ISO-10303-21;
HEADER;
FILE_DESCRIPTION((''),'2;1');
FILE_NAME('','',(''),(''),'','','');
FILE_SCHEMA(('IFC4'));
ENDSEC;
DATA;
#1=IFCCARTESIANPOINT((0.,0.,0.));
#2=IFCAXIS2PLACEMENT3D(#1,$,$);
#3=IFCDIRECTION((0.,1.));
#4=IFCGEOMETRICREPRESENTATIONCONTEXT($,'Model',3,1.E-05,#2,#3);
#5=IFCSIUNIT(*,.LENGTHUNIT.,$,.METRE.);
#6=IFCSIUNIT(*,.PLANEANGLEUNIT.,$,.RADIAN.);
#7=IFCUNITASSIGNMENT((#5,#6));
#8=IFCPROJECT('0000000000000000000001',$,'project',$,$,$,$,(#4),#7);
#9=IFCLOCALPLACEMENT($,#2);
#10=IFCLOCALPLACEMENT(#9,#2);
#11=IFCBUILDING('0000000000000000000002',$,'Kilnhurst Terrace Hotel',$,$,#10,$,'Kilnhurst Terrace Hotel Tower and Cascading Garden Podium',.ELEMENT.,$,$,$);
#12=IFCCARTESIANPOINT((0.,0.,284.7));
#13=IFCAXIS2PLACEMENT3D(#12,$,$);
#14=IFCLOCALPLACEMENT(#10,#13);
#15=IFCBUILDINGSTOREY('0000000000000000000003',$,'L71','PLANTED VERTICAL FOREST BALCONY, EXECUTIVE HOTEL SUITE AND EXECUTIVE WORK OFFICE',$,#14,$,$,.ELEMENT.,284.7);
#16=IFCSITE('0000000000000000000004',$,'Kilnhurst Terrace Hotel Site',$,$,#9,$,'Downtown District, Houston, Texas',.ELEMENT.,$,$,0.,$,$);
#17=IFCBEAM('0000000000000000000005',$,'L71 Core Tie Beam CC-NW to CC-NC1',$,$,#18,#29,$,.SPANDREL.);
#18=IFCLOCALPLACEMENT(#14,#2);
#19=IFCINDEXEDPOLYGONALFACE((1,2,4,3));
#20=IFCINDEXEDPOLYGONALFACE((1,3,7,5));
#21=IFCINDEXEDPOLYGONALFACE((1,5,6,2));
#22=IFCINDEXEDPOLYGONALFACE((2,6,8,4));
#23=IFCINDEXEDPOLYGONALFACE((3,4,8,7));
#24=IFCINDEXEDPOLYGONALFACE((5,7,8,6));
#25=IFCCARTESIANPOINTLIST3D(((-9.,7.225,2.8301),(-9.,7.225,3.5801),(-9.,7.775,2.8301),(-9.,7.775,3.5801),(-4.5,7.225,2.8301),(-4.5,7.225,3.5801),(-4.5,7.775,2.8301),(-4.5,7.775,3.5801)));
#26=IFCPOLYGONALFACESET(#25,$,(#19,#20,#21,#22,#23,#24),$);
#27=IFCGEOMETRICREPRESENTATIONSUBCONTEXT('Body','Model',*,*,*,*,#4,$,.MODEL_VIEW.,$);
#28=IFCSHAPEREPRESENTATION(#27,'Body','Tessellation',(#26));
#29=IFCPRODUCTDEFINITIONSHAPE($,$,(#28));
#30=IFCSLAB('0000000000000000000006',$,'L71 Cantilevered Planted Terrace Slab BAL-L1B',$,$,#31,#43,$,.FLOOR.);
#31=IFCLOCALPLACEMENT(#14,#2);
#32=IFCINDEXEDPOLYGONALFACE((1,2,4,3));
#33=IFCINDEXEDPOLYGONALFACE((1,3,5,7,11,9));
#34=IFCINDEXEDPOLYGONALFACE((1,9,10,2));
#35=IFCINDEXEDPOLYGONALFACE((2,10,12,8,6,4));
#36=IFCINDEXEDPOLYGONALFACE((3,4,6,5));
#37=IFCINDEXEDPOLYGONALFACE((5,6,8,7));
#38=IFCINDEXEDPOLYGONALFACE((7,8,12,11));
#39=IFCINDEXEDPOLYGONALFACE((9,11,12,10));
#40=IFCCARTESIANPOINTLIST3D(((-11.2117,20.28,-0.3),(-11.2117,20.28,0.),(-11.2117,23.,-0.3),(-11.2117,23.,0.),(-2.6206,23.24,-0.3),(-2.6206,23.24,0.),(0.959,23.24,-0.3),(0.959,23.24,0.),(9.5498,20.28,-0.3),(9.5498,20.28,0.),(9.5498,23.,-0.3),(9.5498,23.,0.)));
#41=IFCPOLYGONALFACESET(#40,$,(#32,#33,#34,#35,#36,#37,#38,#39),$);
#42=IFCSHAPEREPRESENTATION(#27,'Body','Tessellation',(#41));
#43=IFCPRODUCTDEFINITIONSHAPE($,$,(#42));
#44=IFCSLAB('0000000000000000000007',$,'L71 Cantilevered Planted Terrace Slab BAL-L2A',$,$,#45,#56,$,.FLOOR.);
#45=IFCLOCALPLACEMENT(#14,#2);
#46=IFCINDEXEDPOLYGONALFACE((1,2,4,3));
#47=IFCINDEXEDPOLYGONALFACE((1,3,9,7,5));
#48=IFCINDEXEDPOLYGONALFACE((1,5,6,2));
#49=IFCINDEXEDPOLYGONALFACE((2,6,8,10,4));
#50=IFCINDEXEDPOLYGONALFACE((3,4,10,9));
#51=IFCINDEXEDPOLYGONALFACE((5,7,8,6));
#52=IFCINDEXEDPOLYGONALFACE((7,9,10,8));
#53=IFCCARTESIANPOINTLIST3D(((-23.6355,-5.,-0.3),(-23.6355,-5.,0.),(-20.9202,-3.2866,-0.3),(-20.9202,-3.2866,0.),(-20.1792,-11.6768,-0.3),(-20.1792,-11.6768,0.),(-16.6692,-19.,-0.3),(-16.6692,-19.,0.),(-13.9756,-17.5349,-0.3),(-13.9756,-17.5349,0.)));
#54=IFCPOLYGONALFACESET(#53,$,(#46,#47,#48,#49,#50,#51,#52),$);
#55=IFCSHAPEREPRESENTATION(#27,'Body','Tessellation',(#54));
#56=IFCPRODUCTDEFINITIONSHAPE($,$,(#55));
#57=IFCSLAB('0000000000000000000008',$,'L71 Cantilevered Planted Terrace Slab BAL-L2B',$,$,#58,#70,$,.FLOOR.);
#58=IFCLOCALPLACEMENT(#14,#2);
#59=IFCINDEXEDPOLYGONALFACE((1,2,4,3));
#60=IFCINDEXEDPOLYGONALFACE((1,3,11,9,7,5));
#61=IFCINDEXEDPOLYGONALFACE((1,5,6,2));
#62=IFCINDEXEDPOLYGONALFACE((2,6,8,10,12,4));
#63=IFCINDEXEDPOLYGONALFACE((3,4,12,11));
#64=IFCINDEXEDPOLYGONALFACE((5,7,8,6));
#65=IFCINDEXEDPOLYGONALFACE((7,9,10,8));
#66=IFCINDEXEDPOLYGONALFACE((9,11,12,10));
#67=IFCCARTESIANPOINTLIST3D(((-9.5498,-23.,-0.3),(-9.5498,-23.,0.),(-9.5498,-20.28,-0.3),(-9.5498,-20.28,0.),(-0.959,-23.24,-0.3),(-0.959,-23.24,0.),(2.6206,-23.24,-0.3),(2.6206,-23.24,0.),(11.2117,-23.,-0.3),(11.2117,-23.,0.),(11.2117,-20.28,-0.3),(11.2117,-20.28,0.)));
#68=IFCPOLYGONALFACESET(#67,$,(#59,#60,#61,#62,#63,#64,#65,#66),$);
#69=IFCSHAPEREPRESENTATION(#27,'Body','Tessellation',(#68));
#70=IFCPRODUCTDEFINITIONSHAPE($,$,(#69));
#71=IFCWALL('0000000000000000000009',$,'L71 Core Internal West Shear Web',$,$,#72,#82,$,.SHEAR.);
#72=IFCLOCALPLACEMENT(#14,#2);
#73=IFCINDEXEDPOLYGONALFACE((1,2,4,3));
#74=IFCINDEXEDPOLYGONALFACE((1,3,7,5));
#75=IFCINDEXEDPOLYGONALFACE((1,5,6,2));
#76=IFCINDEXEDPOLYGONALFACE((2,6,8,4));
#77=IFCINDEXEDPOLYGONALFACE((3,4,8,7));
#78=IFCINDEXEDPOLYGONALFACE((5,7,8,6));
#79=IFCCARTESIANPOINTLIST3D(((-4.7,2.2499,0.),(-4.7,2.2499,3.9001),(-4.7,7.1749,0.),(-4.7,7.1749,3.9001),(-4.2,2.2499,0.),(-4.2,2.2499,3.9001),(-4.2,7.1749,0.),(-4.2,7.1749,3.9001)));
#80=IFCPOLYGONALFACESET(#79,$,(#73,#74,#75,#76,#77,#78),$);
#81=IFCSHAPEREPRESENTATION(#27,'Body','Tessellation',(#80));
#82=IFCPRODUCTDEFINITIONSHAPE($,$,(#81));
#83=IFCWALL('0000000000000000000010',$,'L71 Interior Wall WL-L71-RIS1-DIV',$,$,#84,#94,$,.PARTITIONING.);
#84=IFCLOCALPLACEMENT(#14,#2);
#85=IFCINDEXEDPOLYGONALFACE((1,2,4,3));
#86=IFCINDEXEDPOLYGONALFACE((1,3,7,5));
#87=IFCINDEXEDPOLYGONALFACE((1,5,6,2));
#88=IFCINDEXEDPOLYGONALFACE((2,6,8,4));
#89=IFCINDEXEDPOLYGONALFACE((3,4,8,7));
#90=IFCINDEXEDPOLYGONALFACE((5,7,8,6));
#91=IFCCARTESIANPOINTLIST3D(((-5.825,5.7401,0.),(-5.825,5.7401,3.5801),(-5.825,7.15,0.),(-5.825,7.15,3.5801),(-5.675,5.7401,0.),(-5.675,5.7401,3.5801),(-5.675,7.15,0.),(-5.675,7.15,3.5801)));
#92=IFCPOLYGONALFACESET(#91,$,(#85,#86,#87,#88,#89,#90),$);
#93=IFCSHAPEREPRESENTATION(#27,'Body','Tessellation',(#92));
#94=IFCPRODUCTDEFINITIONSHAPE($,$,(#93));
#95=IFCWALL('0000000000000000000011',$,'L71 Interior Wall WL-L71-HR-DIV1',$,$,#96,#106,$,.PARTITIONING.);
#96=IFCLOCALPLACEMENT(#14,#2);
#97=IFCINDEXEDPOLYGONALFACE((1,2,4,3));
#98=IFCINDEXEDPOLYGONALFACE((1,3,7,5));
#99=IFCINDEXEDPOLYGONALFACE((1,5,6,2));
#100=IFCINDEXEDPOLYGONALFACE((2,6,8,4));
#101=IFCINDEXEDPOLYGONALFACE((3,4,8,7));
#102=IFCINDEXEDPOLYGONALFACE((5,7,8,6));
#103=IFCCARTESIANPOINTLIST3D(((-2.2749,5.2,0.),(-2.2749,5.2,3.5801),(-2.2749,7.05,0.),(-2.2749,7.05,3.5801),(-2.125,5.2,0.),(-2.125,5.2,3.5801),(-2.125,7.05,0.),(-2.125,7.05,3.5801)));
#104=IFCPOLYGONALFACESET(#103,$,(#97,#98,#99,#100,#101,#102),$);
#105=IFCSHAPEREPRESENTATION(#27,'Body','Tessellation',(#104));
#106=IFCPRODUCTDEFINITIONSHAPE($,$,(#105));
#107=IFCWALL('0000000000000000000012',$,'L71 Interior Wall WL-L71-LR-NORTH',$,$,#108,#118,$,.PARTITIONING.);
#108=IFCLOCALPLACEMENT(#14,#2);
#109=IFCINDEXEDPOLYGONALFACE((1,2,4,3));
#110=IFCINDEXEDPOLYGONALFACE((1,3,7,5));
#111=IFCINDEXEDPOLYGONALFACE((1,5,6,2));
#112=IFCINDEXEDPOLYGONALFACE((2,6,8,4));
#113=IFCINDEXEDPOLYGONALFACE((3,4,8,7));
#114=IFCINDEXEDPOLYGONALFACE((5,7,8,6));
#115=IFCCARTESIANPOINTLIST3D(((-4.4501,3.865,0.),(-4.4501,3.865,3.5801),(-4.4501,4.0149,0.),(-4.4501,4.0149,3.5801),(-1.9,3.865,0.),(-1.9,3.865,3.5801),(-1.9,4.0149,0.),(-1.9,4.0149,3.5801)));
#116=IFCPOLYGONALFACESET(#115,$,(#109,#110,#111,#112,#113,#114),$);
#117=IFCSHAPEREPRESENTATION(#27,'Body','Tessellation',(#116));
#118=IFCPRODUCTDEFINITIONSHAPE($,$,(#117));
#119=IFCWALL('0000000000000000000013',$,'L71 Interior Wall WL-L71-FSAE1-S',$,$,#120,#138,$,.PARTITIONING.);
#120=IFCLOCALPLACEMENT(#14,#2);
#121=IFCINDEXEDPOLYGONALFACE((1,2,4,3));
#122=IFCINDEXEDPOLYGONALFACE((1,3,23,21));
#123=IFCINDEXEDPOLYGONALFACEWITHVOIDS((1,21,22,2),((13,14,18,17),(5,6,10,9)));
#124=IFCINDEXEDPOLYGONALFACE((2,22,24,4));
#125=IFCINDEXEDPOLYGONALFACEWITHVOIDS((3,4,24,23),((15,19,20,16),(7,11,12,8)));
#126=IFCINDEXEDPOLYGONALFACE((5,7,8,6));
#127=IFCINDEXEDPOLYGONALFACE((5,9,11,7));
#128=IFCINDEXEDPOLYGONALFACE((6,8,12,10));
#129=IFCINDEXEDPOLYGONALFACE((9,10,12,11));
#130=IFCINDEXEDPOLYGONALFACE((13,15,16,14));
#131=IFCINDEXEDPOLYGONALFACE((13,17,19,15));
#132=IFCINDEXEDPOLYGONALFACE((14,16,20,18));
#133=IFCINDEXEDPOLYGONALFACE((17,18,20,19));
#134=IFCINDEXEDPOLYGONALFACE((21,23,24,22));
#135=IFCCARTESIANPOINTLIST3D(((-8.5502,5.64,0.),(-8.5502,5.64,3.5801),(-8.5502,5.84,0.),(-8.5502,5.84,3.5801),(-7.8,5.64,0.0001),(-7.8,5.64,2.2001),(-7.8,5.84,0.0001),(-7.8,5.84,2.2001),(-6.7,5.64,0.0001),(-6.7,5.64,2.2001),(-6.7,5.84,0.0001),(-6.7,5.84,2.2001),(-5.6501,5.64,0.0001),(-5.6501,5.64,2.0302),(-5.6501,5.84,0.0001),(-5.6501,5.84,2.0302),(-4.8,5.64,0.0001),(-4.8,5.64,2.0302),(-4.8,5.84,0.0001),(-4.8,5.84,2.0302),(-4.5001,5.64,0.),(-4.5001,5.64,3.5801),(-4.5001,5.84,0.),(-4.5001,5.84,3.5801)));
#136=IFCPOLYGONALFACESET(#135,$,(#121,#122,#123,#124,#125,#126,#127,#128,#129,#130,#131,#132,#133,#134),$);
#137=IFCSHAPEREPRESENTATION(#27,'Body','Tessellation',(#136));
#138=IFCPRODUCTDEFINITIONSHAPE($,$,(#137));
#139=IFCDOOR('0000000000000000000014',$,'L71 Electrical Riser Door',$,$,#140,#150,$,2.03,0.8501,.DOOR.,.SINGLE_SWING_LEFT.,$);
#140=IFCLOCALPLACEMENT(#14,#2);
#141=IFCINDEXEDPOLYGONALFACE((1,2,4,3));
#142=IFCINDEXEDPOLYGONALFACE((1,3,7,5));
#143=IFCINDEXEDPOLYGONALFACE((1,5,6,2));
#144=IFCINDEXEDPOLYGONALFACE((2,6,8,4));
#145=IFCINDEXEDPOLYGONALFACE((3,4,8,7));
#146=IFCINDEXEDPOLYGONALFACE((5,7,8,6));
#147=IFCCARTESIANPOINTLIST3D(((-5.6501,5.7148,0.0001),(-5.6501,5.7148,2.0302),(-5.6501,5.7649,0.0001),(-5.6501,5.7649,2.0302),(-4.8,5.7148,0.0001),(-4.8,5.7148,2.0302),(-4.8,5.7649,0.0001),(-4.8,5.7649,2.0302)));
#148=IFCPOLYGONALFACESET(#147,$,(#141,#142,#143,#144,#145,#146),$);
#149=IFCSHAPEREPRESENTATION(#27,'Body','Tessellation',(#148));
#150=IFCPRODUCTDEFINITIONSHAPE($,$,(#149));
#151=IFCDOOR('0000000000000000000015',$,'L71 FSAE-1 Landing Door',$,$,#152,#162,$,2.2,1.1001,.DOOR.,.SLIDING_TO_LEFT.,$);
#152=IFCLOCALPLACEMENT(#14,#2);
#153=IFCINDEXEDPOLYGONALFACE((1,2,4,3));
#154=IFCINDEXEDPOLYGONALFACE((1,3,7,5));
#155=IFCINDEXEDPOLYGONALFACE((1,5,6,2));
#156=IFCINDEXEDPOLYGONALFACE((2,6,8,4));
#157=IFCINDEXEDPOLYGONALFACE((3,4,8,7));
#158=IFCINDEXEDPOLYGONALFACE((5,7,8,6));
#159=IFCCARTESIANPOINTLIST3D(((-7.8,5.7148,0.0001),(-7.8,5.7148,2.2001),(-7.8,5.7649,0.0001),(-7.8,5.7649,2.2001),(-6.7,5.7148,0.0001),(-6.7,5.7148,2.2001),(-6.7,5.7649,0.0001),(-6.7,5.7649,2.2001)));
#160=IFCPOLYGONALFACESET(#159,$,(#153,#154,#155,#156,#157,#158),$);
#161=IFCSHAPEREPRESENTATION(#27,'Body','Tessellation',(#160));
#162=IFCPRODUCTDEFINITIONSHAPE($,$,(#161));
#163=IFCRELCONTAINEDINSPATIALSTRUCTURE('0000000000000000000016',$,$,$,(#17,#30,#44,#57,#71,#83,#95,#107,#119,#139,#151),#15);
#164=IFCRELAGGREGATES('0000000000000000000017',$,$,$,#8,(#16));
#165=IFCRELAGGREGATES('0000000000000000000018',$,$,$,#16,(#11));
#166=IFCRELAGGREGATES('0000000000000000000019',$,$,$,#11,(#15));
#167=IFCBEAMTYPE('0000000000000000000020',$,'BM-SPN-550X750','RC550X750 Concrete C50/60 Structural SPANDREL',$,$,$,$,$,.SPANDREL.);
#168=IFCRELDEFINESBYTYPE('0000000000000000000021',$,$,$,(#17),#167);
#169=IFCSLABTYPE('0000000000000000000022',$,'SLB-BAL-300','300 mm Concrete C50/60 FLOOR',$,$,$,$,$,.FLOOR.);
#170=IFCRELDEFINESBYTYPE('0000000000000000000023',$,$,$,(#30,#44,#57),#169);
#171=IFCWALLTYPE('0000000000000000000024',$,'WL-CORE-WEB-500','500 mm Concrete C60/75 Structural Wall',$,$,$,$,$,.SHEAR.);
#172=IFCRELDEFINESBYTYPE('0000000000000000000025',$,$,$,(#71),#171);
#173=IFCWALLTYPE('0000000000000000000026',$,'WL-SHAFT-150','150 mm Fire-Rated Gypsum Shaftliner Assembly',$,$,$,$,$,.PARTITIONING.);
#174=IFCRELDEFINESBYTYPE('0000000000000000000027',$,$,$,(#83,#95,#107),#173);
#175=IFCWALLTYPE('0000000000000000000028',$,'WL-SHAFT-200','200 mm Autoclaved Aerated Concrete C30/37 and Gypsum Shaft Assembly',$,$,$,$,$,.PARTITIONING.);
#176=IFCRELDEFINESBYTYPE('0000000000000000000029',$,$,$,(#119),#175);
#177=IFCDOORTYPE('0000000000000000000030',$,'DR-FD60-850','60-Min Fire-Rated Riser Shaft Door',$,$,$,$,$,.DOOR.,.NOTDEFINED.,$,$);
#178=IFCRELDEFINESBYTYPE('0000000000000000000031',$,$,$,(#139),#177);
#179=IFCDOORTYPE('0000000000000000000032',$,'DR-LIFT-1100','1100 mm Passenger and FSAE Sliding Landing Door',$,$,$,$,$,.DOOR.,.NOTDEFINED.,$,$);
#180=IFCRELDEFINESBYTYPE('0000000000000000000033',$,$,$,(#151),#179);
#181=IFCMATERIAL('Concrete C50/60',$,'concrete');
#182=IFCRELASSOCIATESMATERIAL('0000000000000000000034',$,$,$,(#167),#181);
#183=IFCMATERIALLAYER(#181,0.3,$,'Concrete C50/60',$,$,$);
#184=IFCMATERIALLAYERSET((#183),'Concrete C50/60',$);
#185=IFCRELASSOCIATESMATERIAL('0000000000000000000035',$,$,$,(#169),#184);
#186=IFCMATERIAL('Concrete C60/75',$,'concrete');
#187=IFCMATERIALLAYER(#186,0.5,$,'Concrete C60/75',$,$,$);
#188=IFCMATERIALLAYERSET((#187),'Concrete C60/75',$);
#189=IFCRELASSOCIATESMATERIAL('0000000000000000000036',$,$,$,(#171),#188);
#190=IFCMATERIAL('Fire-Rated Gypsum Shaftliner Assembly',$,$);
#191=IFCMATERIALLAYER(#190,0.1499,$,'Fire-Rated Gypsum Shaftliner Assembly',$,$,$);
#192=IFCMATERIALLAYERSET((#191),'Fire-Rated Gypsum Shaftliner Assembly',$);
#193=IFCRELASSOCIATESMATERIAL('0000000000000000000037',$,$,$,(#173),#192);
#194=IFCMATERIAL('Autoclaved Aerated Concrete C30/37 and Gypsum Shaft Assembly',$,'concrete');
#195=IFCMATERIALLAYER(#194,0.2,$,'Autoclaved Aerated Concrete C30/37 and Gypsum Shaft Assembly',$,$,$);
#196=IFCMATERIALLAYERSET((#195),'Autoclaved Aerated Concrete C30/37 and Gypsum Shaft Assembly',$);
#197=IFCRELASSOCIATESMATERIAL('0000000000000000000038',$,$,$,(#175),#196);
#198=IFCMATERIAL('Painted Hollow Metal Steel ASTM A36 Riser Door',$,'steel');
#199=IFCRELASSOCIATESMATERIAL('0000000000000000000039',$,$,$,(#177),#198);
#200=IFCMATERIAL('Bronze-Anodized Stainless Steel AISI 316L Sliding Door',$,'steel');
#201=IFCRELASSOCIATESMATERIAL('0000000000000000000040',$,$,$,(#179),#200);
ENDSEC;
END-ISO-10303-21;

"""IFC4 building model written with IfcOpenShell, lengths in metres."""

from ifc_helpers import new_model, si_unit, direction, frame, frame_2d, origin, origin_2d, place, context, subcontext, project, spatial, polyline, rectangle, outline, extrude, material, layer, layer_set, material_profile, profile_set, type_object, element, fill, save


model = new_model("IFC4")

# Units and contexts
model_context = context("Model", 3, precision=1e-05, world=origin(), true_north=direction((0.0, 1.0)))
body_context = subcontext(model_context, "Body", "Model", "MODEL_VIEW")
ifc_project = project(units=[si_unit("LENGTHUNIT", "METRE"), si_unit("PLANEANGLEUNIT", "RADIAN")], contexts=[model_context])

# Site, building, storey
site_placement = place(None, origin())
site = spatial("IfcSite", under=ifc_project, at=site_placement, Name="Kilnhurst Terrace Hotel Site", LongName="Downtown District, Houston, Texas", CompositionType="ELEMENT", RefElevation=0.0)
building_placement = place(site_placement, origin())
building = spatial("IfcBuilding", under=site, at=building_placement, Name="Kilnhurst Terrace Hotel", LongName="Kilnhurst Terrace Hotel Tower and Cascading Garden Podium", CompositionType="ELEMENT")
storey_placement = place(building_placement, frame((0.0, 0.0, 284.7)))
storey = spatial("IfcBuildingStorey", under=building, at=storey_placement, Name="L71", Description="PLANTED VERTICAL FOREST BALCONY, EXECUTIVE HOTEL SUITE AND EXECUTIVE WORK OFFICE", CompositionType="ELEMENT", Elevation=284.7)

# Beam
ifc_material_1 = material(Name="Concrete C50/60", Category="concrete")
ifc_material_profile = material_profile(ifc_material_1, rectangle(XDim=0.55, YDim=0.75, at=origin_2d()), Name="RC550X750")
ifc_profile_set = profile_set([ifc_material_profile], Name="Concrete C50/60")
beam_type = type_object("IfcBeamType", Name="BM-SPN-550X750", Description="RC550X750 Concrete C50/60 Structural SPANDREL", PredefinedType="SPANDREL", material=ifc_profile_set)
beam_placement = place(storey_placement, frame((-9.0, 7.5, 3.2051), z_axis=(1.0, 0.0, 0.0), x_axis=(0.0, 1.0, 0.0)))
element("IfcBeam", 1, at=beam_placement, inside=storey, type_object=beam_type, Name="L71 Core Tie Beam CC-NW to CC-NC1", PredefinedType="SPANDREL", context=body_context, shape_type="SweptSolid", body=[
    extrude(rectangle(XDim=0.55, YDim=0.75, at=origin_2d()), origin(), (0.0, 0.0, 1.0), 4.5),
])

# Slabs
ifc_layer_1 = layer(ifc_material_1, 0.3, Name="Concrete C50/60")
ifc_layer_set_1 = layer_set([ifc_layer_1], Name="Concrete C50/60")
slab_type = type_object("IfcSlabType", Name="SLB-BAL-300", Description="300 mm Concrete C50/60 FLOOR", PredefinedType="FLOOR", material=ifc_layer_set_1)
slab_1_placement = place(storey_placement, frame((0.0, 0.0, -0.3)))
element("IfcSlab", 2, at=slab_1_placement, inside=storey, type_object=slab_type, Name="L71 Cantilevered Planted Terrace Slab BAL-L1B", PredefinedType="FLOOR", context=body_context, shape_type="SweptSolid", body=[
    extrude(outline(polyline([(0.959, 23.24), (9.5498, 23.0), (9.5498, 20.28), (-11.2117, 20.28), (-11.2117, 23.0), (-2.6206, 23.24), (0.959, 23.24)])), origin(), (0.0, 0.0, 1.0), 0.3),
])
slab_2_placement = place(storey_placement, frame((0.0, 0.0, -0.3)))
element("IfcSlab", 3, at=slab_2_placement, inside=storey, type_object=slab_type, Name="L71 Cantilevered Planted Terrace Slab BAL-L2A", PredefinedType="FLOOR", context=body_context, shape_type="SweptSolid", body=[
    extrude(outline(polyline([(-23.6355, -5.0), (-20.9202, -3.2866), (-13.9756, -17.5349), (-16.6692, -19.0), (-20.1792, -11.6768), (-23.6355, -5.0)])), origin(), (0.0, 0.0, 1.0), 0.3),
])
slab_3_placement = place(storey_placement, frame((0.0, 0.0, -0.3)))
element("IfcSlab", 4, at=slab_3_placement, inside=storey, type_object=slab_type, Name="L71 Cantilevered Planted Terrace Slab BAL-L2B", PredefinedType="FLOOR", context=body_context, shape_type="SweptSolid", body=[
    extrude(outline(polyline([(-0.959, -23.24), (-9.5498, -23.0), (-9.5498, -20.28), (11.2117, -20.28), (11.2117, -23.0), (2.6206, -23.24), (-0.959, -23.24)])), origin(), (0.0, 0.0, 1.0), 0.3),
])

# Walls
ifc_material_2 = material(Name="Concrete C60/75", Category="concrete")
ifc_layer_2 = layer(ifc_material_2, 0.5, Name="Concrete C60/75")
ifc_layer_set_2 = layer_set([ifc_layer_2], Name="Concrete C60/75")
wall_type_1 = type_object("IfcWallType", Name="WL-CORE-WEB-500", Description="500 mm Concrete C60/75 Structural Wall", PredefinedType="SHEAR", material=ifc_layer_set_2)
wall_1_placement = place(storey_placement, frame((-4.45, 2.25, 0.0), z_axis=(0.0, 0.0, 1.0), x_axis=(0.0, 1.0, 0.0)))
element("IfcWall", 5, at=wall_1_placement, inside=storey, type_object=wall_type_1, Name="L71 Core Internal West Shear Web", PredefinedType="SHEAR", context=body_context, shape_type="SweptSolid", body=[
    extrude(rectangle(XDim=4.925, YDim=0.5, at=frame_2d((2.4624, 0.0))), origin(), (0.0, 0.0, 1.0), 3.9001),
])
ifc_material_3 = material(Name="Fire-Rated Gypsum Shaftliner Assembly")
ifc_layer_3 = layer(ifc_material_3, 0.1499, Name="Fire-Rated Gypsum Shaftliner Assembly")
ifc_layer_set_3 = layer_set([ifc_layer_3], Name="Fire-Rated Gypsum Shaftliner Assembly")
wall_type_2 = type_object("IfcWallType", Name="WL-SHAFT-150", Description="150 mm Fire-Rated Gypsum Shaftliner Assembly", PredefinedType="PARTITIONING", material=ifc_layer_set_3)
wall_2_placement = place(storey_placement, frame((-5.75, 5.74, 0.0), z_axis=(0.0, 0.0, 1.0), x_axis=(0.0, 1.0, 0.0)))
element("IfcWall", 6, at=wall_2_placement, inside=storey, type_object=wall_type_2, Name="L71 Interior Wall WL-L71-RIS1-DIV", PredefinedType="PARTITIONING", context=body_context, shape_type="SweptSolid", body=[
    extrude(rectangle(XDim=1.4099, YDim=0.1499, at=frame_2d((0.7051, 0.0))), origin(), (0.0, 0.0, 1.0), 3.5801),
])
wall_3_placement = place(storey_placement, frame((-2.2, 5.2, 0.0), z_axis=(0.0, 0.0, 1.0), x_axis=(0.0, 1.0, 0.0)))
element("IfcWall", 7, at=wall_3_placement, inside=storey, type_object=wall_type_2, Name="L71 Interior Wall WL-L71-HR-DIV1", PredefinedType="PARTITIONING", context=body_context, shape_type="SweptSolid", body=[
    extrude(rectangle(XDim=1.8501, YDim=0.1499, at=frame_2d((0.925, 0.0))), origin(), (0.0, 0.0, 1.0), 3.5801),
])
wall_4_placement = place(storey_placement, frame((-4.45, 3.9399, 0.0), z_axis=(0.0, 0.0, 1.0), x_axis=(1.0, 0.0, 0.0)))
element("IfcWall", 8, at=wall_4_placement, inside=storey, type_object=wall_type_2, Name="L71 Interior Wall WL-L71-LR-NORTH", PredefinedType="PARTITIONING", context=body_context, shape_type="SweptSolid", body=[
    extrude(rectangle(XDim=2.55, YDim=0.1499, at=frame_2d((1.2749, 0.0))), origin(), (0.0, 0.0, 1.0), 3.5801),
])

# Wall, openings, doors
ifc_material_4 = material(Name="Autoclaved Aerated Concrete C30/37 and Gypsum Shaft Assembly", Category="concrete")
ifc_layer_4 = layer(ifc_material_4, 0.2, Name="Autoclaved Aerated Concrete C30/37 and Gypsum Shaft Assembly")
ifc_layer_set_4 = layer_set([ifc_layer_4], Name="Autoclaved Aerated Concrete C30/37 and Gypsum Shaft Assembly")
wall_type_3 = type_object("IfcWallType", Name="WL-SHAFT-200", Description="200 mm Autoclaved Aerated Concrete C30/37 and Gypsum Shaft Assembly", PredefinedType="PARTITIONING", material=ifc_layer_set_4)
wall_5_placement = place(storey_placement, frame((-8.55, 5.74, 0.0), z_axis=(0.0, 0.0, 1.0), x_axis=(1.0, 0.0, 0.0)))
wall_5 = element("IfcWall", 9, at=wall_5_placement, inside=storey, type_object=wall_type_3, Name="L71 Interior Wall WL-L71-FSAE1-S", PredefinedType="PARTITIONING", context=body_context, shape_type="SweptSolid", body=[
    extrude(rectangle(XDim=4.05, YDim=0.2, at=frame_2d((2.0249, 0.0))), origin(), (0.0, 0.0, 1.0), 3.5801),
])
opening_1_placement = place(wall_5_placement, frame((0.75, 0.0, 0.0)))
opening_1 = element("IfcOpeningElement", 10, at=opening_1_placement, cuts=wall_5, PredefinedType="OPENING", context=body_context, shape_type="SweptSolid", body=[
    extrude(rectangle(XDim=1.1001, YDim=2.2, at=frame_2d((0.55, 1.1001))), frame((0.0, 0.1099, 0.0), z_axis=(0.0, -1.0, 0.0), x_axis=(1.0, 0.0, 0.0)), (0.0, 0.0, 1.0), 0.22),
])
opening_2_placement = place(wall_5_placement, frame((2.8999, 0.0, 0.0)))
opening_2 = element("IfcOpeningElement", 11, at=opening_2_placement, cuts=wall_5, PredefinedType="OPENING", context=body_context, shape_type="SweptSolid", body=[
    extrude(rectangle(XDim=0.8501, YDim=2.03, at=frame_2d((0.425, 1.0151))), frame((0.0, 0.1099, 0.0), z_axis=(0.0, -1.0, 0.0), x_axis=(1.0, 0.0, 0.0)), (0.0, 0.0, 1.0), 0.22),
])
ifc_material_5 = material(Name="Painted Hollow Metal Steel ASTM A36 Riser Door", Category="steel")
door_type_1 = type_object("IfcDoorType", Name="DR-FD60-850", Description="60-Min Fire-Rated Riser Shaft Door", OperationType="NOTDEFINED", PredefinedType="DOOR", material=ifc_material_5)
door_1_placement = place(opening_2_placement, origin())
door_1 = element("IfcDoor", 12, at=door_1_placement, inside=storey, type_object=door_type_1, Name="L71 Electrical Riser Door", OperationType="SINGLE_SWING_LEFT", OverallHeight=2.03, OverallWidth=0.8501, PredefinedType="DOOR", context=body_context, shape_type="SweptSolid", body=[
    extrude(rectangle(XDim=0.8501, YDim=2.03, at=frame_2d((0.425, 1.0151))), frame((0.0, 0.0249, 0.0), z_axis=(0.0, -1.0, 0.0), x_axis=(1.0, 0.0, 0.0)), (0.0, 0.0, 1.0), 0.05),
])
fill(opening_2, door_1)
ifc_material_6 = material(Name="Bronze-Anodized Stainless Steel AISI 316L Sliding Door", Category="steel")
door_type_2 = type_object("IfcDoorType", Name="DR-LIFT-1100", Description="1100 mm Passenger and FSAE Sliding Landing Door", OperationType="NOTDEFINED", PredefinedType="DOOR", material=ifc_material_6)
door_2_placement = place(opening_1_placement, origin())
door_2 = element("IfcDoor", 13, at=door_2_placement, inside=storey, type_object=door_type_2, Name="L71 FSAE-1 Landing Door", OperationType="SLIDING_TO_LEFT", OverallHeight=2.2, OverallWidth=1.1001, PredefinedType="DOOR", context=body_context, shape_type="SweptSolid", body=[
    extrude(rectangle(XDim=1.1001, YDim=2.2, at=frame_2d((0.55, 1.1001))), frame((0.0, 0.0249, 0.0), z_axis=(0.0, -1.0, 0.0), x_axis=(1.0, 0.0, 0.0)), (0.0, 0.0, 1.0), 0.05),
])
fill(opening_1, door_2)

save(model, "model.ifc")
